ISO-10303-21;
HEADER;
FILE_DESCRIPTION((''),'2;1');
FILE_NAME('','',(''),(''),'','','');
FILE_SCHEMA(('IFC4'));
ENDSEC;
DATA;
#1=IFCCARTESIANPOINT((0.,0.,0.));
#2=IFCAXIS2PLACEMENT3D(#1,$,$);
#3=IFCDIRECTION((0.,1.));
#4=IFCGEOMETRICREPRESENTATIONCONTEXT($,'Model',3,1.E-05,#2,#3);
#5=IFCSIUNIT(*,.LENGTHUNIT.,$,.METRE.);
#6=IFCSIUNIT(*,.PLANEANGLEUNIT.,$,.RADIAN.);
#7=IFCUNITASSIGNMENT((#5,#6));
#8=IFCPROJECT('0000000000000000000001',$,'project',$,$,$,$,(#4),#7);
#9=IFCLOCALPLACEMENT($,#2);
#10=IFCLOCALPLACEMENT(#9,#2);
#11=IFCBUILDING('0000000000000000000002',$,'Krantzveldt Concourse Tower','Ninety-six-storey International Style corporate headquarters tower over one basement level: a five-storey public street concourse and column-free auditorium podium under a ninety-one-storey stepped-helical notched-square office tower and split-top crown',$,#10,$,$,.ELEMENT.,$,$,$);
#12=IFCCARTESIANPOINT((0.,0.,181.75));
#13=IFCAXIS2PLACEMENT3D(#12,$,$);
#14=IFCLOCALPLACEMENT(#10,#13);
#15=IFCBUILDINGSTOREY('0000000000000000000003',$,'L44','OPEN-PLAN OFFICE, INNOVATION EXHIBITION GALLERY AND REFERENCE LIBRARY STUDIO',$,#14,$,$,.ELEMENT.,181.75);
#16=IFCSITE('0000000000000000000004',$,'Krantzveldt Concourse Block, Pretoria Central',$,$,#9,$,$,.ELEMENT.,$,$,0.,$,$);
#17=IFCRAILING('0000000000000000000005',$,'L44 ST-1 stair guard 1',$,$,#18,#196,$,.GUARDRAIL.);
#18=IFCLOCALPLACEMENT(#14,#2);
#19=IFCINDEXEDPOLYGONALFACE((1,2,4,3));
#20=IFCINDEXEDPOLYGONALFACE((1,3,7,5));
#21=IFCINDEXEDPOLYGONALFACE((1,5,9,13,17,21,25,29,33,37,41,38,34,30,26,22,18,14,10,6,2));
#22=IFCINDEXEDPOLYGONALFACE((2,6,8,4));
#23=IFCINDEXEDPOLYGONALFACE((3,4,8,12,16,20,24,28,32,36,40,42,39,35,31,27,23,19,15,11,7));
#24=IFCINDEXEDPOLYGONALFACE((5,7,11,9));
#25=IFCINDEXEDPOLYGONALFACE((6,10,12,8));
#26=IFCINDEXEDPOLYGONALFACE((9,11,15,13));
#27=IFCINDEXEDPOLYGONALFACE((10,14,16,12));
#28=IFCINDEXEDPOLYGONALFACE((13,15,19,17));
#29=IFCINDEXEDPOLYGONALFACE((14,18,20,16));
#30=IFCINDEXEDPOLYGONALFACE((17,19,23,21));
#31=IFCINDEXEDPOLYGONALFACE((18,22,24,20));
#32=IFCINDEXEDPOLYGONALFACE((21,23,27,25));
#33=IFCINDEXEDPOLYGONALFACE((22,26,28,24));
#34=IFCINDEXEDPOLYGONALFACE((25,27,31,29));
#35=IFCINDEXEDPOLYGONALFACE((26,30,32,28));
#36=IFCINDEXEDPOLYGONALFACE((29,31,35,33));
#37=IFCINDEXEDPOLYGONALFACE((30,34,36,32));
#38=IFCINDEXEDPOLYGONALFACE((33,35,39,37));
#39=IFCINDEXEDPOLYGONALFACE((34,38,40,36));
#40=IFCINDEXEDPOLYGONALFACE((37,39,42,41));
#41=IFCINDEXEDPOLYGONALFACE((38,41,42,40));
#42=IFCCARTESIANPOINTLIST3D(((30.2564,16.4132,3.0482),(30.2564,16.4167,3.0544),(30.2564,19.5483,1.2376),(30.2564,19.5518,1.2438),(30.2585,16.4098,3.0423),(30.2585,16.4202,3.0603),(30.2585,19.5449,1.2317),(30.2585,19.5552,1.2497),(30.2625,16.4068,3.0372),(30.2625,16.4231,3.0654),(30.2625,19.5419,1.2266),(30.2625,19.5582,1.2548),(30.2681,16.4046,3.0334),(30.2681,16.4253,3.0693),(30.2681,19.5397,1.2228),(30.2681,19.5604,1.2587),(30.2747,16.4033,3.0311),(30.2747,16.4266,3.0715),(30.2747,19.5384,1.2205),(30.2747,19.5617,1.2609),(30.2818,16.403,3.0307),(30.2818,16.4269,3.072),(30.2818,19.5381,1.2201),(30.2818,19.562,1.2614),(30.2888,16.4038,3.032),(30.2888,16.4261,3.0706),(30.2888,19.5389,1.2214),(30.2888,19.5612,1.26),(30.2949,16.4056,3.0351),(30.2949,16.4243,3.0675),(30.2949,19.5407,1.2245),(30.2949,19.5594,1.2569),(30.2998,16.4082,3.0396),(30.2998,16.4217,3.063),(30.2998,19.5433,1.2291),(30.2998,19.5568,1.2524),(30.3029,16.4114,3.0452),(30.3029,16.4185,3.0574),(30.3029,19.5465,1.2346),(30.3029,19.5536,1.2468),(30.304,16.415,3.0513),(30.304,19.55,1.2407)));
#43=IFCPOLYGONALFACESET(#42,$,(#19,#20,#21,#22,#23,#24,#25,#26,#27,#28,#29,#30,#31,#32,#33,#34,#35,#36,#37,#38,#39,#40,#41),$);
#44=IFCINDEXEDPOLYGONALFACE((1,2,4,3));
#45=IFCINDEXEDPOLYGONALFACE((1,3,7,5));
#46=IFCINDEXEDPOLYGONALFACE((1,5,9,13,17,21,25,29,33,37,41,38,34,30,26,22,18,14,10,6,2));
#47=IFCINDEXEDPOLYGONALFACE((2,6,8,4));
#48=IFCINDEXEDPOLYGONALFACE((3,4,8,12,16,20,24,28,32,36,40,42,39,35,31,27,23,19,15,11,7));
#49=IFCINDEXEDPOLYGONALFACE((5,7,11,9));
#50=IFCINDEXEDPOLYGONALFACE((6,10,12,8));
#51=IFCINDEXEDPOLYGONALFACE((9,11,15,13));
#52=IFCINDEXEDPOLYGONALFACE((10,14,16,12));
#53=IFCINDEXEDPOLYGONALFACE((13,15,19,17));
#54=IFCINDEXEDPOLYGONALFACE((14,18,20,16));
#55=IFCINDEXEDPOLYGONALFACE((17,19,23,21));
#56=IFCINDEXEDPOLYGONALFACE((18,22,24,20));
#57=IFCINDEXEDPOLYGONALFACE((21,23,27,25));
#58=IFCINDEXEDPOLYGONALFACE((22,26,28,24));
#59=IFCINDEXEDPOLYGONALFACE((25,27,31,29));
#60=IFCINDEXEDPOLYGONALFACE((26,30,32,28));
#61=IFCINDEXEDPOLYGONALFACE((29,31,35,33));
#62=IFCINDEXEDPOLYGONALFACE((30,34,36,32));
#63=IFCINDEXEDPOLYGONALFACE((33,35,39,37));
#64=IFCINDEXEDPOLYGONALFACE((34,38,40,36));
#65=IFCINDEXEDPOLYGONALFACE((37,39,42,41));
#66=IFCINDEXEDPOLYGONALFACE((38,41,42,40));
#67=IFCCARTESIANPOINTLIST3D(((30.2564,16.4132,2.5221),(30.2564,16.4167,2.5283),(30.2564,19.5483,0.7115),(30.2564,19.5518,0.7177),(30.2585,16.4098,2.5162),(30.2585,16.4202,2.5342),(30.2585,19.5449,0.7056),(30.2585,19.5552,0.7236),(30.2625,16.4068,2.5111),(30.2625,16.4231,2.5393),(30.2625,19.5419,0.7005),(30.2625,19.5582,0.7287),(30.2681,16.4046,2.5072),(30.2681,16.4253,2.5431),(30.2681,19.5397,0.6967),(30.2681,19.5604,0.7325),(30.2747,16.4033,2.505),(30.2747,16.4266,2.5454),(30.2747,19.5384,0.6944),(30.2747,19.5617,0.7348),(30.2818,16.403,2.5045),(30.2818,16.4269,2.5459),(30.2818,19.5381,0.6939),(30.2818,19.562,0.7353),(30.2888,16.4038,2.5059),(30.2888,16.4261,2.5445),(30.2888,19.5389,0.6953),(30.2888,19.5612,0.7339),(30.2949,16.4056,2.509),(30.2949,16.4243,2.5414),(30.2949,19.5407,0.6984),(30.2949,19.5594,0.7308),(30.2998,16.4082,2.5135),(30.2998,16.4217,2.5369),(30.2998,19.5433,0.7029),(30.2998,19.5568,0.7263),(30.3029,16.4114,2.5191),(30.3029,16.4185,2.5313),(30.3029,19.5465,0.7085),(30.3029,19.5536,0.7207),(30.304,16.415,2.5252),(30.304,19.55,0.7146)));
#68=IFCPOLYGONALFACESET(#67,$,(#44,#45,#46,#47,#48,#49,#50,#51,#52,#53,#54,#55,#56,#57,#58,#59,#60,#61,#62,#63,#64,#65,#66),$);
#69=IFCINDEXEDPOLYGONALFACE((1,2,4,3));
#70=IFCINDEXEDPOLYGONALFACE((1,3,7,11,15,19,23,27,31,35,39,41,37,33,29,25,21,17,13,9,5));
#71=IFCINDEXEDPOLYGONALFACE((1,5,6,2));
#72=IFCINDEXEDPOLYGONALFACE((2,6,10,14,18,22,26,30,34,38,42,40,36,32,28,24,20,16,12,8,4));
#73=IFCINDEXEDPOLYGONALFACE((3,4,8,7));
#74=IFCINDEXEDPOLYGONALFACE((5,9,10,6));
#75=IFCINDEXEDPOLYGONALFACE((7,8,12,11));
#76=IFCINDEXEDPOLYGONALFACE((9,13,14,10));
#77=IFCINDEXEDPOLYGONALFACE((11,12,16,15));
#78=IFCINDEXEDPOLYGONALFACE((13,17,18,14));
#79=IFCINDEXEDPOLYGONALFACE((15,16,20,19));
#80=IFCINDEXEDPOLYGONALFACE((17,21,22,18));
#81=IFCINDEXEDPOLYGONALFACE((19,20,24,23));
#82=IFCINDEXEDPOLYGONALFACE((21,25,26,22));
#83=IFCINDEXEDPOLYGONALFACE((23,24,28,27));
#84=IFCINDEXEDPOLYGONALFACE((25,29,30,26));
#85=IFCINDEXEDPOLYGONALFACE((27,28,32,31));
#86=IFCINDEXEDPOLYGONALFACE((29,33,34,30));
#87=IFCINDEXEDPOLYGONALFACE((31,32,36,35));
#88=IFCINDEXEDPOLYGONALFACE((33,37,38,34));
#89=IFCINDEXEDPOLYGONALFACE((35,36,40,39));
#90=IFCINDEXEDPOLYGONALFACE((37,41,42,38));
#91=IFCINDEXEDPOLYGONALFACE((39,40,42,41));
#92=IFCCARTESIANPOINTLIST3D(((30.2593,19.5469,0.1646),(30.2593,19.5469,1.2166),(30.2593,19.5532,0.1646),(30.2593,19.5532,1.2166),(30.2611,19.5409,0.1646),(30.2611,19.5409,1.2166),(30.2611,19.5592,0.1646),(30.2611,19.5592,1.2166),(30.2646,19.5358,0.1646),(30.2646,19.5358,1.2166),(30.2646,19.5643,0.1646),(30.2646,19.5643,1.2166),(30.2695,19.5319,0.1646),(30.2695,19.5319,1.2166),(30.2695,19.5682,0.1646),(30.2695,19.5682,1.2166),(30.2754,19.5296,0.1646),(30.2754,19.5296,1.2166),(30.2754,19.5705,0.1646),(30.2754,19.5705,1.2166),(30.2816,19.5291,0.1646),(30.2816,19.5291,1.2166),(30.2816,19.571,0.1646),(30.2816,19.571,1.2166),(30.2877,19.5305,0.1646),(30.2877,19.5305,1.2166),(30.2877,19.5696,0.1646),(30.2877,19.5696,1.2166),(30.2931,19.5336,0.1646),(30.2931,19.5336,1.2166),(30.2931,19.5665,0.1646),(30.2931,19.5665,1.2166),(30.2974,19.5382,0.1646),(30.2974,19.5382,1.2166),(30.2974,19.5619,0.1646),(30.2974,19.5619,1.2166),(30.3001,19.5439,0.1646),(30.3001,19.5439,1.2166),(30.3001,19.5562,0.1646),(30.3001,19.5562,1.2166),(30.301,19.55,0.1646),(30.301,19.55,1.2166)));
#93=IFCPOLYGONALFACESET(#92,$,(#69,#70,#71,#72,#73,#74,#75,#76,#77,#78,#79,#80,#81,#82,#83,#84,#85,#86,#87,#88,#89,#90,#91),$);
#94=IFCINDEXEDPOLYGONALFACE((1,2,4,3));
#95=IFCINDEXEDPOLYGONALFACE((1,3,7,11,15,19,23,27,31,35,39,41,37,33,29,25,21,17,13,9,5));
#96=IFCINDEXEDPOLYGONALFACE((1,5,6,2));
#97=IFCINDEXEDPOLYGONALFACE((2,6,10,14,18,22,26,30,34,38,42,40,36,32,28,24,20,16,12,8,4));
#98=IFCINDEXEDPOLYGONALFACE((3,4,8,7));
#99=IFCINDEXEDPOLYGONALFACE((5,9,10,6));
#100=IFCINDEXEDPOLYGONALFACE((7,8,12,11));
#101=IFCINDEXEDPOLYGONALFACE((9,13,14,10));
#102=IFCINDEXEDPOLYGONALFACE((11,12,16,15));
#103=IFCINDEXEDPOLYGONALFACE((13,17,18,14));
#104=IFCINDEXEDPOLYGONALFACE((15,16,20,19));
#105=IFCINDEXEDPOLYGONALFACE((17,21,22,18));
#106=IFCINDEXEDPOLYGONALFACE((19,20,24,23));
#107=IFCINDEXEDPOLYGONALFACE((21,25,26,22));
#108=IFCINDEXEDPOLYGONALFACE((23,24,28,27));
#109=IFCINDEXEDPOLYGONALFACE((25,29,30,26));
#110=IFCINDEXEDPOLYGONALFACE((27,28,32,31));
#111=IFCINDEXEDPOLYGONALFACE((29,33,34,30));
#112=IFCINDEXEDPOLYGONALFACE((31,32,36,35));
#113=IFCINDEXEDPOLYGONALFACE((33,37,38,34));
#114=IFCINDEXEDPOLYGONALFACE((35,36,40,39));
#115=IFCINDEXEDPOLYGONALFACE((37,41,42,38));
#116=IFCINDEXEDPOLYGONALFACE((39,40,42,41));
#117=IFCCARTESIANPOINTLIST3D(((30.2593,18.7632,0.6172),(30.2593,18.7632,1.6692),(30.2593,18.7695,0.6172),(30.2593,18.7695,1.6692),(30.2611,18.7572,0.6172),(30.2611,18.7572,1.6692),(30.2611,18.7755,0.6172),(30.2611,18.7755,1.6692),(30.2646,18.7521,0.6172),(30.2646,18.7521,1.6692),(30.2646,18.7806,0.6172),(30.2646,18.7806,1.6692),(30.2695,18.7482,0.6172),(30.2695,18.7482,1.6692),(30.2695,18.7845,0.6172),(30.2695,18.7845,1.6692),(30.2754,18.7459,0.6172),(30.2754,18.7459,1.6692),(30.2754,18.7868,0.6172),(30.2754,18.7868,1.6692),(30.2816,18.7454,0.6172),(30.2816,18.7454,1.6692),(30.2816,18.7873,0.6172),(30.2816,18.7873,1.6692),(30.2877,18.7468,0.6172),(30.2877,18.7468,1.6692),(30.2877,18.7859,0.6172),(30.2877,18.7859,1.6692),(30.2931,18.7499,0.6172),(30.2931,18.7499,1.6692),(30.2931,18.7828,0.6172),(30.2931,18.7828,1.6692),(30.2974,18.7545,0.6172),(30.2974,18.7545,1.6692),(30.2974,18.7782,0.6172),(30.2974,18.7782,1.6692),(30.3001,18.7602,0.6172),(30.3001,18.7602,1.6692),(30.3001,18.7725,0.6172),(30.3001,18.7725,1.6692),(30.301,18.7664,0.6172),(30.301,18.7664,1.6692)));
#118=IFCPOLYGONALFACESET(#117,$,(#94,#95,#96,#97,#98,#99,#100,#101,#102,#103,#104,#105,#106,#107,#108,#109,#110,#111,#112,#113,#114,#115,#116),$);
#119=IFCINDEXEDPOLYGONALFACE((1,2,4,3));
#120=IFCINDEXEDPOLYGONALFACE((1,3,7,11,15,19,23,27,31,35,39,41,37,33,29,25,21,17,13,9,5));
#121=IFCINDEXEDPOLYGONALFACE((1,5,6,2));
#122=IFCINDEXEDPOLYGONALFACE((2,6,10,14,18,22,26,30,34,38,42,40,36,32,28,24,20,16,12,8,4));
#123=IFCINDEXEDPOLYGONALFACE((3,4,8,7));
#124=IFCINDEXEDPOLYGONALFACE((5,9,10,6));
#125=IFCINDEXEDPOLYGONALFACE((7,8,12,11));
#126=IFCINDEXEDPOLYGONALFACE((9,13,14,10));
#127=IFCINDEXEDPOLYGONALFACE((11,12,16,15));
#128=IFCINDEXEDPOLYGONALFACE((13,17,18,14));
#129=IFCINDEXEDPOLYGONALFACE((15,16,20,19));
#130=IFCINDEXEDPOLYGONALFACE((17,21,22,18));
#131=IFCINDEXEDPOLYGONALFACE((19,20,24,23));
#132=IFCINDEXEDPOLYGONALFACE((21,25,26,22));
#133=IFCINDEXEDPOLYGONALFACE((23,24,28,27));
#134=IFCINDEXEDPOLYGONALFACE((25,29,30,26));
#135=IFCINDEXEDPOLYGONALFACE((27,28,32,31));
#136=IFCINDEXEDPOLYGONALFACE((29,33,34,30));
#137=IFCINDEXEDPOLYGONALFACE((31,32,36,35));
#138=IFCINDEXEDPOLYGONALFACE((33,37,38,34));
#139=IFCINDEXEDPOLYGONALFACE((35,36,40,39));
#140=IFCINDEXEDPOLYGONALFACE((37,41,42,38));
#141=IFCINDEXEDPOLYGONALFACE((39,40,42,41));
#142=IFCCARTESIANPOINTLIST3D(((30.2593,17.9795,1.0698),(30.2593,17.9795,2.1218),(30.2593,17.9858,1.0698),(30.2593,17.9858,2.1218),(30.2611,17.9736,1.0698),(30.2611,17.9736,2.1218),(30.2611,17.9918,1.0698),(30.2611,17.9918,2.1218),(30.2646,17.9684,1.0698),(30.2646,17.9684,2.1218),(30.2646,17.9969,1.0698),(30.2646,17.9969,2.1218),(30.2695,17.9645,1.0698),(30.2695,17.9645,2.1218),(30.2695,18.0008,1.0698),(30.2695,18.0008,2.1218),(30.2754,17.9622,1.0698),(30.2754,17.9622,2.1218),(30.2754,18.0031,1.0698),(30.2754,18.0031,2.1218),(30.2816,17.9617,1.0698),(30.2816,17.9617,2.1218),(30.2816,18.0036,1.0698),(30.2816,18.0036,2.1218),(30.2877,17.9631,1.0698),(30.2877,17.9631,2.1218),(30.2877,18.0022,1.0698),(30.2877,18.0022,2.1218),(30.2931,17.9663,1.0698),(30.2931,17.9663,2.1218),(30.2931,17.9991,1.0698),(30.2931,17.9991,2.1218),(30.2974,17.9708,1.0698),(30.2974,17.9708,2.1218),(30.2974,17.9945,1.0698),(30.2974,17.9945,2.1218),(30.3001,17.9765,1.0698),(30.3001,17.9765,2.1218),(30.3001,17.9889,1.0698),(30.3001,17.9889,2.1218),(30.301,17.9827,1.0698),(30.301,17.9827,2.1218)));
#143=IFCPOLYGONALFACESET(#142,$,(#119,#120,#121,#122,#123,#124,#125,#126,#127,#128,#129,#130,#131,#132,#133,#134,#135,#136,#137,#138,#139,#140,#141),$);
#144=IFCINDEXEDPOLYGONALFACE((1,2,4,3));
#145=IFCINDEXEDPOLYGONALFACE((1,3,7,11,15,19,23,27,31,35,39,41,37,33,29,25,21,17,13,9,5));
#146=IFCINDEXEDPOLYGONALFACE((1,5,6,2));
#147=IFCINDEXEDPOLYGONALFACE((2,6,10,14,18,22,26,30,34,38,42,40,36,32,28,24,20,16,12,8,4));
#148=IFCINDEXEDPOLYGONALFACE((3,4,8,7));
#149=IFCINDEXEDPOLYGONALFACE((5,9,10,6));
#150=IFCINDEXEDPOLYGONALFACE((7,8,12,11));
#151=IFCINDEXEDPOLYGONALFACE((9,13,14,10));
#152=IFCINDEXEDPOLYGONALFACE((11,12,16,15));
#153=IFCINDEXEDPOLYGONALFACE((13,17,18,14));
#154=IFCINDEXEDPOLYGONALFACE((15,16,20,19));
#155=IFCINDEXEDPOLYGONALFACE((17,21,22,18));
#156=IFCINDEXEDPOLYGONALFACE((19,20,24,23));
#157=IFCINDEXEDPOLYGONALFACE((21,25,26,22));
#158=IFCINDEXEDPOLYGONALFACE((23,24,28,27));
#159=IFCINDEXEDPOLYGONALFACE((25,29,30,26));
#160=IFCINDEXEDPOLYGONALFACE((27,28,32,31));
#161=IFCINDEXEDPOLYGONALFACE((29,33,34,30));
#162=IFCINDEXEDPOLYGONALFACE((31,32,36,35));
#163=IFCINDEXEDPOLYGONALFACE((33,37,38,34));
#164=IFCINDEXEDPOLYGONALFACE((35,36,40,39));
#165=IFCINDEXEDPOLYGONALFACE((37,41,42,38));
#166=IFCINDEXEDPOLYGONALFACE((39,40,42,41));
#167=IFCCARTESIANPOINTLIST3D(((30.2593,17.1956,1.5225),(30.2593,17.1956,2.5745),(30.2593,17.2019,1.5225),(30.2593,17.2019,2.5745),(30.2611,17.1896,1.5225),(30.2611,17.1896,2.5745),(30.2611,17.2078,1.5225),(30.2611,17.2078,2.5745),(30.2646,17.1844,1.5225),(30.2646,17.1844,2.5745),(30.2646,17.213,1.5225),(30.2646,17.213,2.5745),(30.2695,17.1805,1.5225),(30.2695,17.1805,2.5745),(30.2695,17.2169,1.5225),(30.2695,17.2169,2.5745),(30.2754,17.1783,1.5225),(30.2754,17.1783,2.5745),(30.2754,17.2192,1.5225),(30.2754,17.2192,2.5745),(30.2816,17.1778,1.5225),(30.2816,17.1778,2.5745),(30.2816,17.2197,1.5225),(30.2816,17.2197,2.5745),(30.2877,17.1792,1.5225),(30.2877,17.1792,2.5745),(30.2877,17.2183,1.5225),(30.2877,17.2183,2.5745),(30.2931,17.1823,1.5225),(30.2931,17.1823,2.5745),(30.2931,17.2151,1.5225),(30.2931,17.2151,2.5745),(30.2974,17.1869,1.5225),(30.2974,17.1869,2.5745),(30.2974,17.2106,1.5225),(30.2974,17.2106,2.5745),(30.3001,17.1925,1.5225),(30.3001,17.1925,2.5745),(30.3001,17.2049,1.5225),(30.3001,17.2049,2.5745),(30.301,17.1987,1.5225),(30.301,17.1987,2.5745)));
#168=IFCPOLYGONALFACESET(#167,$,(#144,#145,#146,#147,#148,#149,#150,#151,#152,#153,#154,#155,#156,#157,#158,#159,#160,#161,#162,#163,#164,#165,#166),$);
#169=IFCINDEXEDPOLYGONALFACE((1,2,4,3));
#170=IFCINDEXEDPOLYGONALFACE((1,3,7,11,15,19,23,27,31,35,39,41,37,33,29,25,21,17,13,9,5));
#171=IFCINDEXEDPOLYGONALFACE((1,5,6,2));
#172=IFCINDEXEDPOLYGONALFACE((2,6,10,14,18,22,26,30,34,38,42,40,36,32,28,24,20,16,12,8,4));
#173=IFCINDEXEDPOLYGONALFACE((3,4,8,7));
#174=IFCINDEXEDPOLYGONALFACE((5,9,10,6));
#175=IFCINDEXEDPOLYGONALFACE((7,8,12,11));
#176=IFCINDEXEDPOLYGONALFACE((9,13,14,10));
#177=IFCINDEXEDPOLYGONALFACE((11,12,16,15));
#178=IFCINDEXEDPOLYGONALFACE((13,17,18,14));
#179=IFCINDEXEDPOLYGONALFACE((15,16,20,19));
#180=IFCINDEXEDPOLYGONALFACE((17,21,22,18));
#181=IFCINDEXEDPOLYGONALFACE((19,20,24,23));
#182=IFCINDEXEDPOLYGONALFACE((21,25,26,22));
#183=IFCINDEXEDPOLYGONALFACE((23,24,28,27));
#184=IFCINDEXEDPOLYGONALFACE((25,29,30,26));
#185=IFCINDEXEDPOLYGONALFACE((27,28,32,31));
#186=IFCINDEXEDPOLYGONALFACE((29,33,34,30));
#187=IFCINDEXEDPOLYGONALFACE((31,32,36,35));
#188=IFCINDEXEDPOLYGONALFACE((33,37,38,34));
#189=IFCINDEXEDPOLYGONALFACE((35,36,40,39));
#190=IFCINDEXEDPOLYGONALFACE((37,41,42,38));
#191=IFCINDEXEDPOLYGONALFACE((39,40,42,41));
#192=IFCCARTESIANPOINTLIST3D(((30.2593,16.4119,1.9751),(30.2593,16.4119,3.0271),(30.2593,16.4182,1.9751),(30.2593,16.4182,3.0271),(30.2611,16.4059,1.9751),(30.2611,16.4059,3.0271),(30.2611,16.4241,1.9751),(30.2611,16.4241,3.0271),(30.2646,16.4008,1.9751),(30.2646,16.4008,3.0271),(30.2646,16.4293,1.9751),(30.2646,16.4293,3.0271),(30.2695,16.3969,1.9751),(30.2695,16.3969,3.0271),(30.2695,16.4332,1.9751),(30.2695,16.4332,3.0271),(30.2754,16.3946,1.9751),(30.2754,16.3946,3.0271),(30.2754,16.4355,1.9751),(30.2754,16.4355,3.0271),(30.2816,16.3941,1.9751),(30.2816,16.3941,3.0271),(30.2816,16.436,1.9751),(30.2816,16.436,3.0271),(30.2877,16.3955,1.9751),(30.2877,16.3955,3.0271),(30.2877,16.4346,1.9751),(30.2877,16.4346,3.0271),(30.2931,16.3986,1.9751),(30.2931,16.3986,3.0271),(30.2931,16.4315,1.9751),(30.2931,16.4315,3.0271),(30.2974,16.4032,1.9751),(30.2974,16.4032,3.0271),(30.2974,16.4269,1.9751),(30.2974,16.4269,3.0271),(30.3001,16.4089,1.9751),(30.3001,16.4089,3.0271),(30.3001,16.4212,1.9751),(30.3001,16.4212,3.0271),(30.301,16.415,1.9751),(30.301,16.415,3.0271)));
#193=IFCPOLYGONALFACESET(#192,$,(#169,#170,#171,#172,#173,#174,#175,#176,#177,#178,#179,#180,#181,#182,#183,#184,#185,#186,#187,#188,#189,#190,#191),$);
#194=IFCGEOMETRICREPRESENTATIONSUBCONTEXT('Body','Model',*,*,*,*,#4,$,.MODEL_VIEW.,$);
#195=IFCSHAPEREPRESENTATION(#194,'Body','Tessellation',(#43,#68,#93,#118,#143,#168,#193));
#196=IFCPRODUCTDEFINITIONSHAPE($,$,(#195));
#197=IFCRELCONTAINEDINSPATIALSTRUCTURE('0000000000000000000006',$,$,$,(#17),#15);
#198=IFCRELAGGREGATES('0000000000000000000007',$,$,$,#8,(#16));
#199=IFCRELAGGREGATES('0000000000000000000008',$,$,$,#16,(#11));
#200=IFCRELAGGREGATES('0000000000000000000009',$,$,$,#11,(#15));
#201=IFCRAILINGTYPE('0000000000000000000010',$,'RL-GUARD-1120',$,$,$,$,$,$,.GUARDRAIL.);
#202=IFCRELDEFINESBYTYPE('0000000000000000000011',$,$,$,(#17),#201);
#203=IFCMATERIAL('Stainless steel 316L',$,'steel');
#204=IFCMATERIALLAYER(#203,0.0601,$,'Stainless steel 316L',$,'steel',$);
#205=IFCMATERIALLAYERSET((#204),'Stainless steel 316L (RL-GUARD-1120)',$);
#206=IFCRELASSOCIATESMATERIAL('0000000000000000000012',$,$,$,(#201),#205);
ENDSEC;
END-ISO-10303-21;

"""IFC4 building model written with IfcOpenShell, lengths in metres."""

from ifc_helpers import new_model, si_unit, direction, frame, origin, origin_2d, place, context, subcontext, project, spatial, circle, extrude, material, layer, layer_set, type_object, element, save


model = new_model("IFC4")

# Units and contexts
model_context = context("Model", 3, precision=1e-05, world=origin(), true_north=direction((0.0, 1.0)))
body_context = subcontext(model_context, "Body", "Model", "MODEL_VIEW")
ifc_project = project(units=[si_unit("LENGTHUNIT", "METRE"), si_unit("PLANEANGLEUNIT", "RADIAN")], contexts=[model_context])

# Site, building, storey
site_placement = place(None, origin())
site = spatial("IfcSite", under=ifc_project, at=site_placement, Name="Krantzveldt Concourse Block, Pretoria Central", CompositionType="ELEMENT", RefElevation=0.0)
building_placement = place(site_placement, origin())
building = spatial("IfcBuilding", under=site, at=building_placement, Name="Krantzveldt Concourse Tower", Description="Ninety-six-storey International Style corporate headquarters tower over one basement level: a five-storey public street concourse and column-free auditorium podium under a ninety-one-storey stepped-helical notched-square office tower and split-top crown", CompositionType="ELEMENT")
storey_placement = place(building_placement, frame((0.0, 0.0, 181.75)))
storey = spatial("IfcBuildingStorey", under=building, at=storey_placement, Name="L44", Description="OPEN-PLAN OFFICE, INNOVATION EXHIBITION GALLERY AND REFERENCE LIBRARY STUDIO", CompositionType="ELEMENT", Elevation=181.75)

# Shared definitions
ifc_material_1 = material(Name="Stainless steel 316L", Category="steel")

# Railing
ifc_layer_1 = layer(ifc_material_1, 0.0601, Name="Stainless steel 316L", Category="steel")
ifc_layer_set_1 = layer_set([ifc_layer_1], Name="Stainless steel 316L (RL-GUARD-1120)")
railing_type_1 = type_object("IfcRailingType", Name="RL-GUARD-1120", PredefinedType="GUARDRAIL", material=ifc_layer_set_1)
railing_1_placement = place(storey_placement, frame((30.28, 19.55, 0.1646)))
element("IfcRailing", 1, at=railing_1_placement, inside=storey, type_object=railing_type_1, Name="L44 ST-1 stair guard 1", PredefinedType="GUARDRAIL", context=body_context, shape_type="SweptSolid", body=[
    extrude(circle(Radius=0.0239, at=origin_2d()), frame((0.0, 0.0, 1.0762), z_axis=(0.0, -0.86596, 0.500114), x_axis=(1.0, 0.0, 0.0)), (0.0, 0.0, 1.0), 3.6204),
    extrude(circle(Radius=0.0239, at=origin_2d()), frame((0.0, 0.0, 0.55), z_axis=(0.0, -0.86596, 0.500114), x_axis=(1.0, 0.0, 0.0)), (0.0, 0.0, 1.0), 3.6204),
    extrude(circle(Radius=0.021, at=origin_2d()), origin(), (0.0, 0.0, 1.0), 1.052),
    extrude(circle(Radius=0.021, at=origin_2d()), frame((0.0, -0.7837, 0.4526)), (0.0, 0.0, 1.0), 1.052),
    extrude(circle(Radius=0.021, at=origin_2d()), frame((0.0, -1.5674, 0.9053)), (0.0, 0.0, 1.0), 1.052),
    extrude(circle(Radius=0.021, at=origin_2d()), frame((0.0, -2.3513, 1.3579)), (0.0, 0.0, 1.0), 1.052),
    extrude(circle(Radius=0.021, at=origin_2d()), frame((0.0, -3.135, 1.8105)), (0.0, 0.0, 1.0), 1.052),
])

save(model, "model.ifc")
